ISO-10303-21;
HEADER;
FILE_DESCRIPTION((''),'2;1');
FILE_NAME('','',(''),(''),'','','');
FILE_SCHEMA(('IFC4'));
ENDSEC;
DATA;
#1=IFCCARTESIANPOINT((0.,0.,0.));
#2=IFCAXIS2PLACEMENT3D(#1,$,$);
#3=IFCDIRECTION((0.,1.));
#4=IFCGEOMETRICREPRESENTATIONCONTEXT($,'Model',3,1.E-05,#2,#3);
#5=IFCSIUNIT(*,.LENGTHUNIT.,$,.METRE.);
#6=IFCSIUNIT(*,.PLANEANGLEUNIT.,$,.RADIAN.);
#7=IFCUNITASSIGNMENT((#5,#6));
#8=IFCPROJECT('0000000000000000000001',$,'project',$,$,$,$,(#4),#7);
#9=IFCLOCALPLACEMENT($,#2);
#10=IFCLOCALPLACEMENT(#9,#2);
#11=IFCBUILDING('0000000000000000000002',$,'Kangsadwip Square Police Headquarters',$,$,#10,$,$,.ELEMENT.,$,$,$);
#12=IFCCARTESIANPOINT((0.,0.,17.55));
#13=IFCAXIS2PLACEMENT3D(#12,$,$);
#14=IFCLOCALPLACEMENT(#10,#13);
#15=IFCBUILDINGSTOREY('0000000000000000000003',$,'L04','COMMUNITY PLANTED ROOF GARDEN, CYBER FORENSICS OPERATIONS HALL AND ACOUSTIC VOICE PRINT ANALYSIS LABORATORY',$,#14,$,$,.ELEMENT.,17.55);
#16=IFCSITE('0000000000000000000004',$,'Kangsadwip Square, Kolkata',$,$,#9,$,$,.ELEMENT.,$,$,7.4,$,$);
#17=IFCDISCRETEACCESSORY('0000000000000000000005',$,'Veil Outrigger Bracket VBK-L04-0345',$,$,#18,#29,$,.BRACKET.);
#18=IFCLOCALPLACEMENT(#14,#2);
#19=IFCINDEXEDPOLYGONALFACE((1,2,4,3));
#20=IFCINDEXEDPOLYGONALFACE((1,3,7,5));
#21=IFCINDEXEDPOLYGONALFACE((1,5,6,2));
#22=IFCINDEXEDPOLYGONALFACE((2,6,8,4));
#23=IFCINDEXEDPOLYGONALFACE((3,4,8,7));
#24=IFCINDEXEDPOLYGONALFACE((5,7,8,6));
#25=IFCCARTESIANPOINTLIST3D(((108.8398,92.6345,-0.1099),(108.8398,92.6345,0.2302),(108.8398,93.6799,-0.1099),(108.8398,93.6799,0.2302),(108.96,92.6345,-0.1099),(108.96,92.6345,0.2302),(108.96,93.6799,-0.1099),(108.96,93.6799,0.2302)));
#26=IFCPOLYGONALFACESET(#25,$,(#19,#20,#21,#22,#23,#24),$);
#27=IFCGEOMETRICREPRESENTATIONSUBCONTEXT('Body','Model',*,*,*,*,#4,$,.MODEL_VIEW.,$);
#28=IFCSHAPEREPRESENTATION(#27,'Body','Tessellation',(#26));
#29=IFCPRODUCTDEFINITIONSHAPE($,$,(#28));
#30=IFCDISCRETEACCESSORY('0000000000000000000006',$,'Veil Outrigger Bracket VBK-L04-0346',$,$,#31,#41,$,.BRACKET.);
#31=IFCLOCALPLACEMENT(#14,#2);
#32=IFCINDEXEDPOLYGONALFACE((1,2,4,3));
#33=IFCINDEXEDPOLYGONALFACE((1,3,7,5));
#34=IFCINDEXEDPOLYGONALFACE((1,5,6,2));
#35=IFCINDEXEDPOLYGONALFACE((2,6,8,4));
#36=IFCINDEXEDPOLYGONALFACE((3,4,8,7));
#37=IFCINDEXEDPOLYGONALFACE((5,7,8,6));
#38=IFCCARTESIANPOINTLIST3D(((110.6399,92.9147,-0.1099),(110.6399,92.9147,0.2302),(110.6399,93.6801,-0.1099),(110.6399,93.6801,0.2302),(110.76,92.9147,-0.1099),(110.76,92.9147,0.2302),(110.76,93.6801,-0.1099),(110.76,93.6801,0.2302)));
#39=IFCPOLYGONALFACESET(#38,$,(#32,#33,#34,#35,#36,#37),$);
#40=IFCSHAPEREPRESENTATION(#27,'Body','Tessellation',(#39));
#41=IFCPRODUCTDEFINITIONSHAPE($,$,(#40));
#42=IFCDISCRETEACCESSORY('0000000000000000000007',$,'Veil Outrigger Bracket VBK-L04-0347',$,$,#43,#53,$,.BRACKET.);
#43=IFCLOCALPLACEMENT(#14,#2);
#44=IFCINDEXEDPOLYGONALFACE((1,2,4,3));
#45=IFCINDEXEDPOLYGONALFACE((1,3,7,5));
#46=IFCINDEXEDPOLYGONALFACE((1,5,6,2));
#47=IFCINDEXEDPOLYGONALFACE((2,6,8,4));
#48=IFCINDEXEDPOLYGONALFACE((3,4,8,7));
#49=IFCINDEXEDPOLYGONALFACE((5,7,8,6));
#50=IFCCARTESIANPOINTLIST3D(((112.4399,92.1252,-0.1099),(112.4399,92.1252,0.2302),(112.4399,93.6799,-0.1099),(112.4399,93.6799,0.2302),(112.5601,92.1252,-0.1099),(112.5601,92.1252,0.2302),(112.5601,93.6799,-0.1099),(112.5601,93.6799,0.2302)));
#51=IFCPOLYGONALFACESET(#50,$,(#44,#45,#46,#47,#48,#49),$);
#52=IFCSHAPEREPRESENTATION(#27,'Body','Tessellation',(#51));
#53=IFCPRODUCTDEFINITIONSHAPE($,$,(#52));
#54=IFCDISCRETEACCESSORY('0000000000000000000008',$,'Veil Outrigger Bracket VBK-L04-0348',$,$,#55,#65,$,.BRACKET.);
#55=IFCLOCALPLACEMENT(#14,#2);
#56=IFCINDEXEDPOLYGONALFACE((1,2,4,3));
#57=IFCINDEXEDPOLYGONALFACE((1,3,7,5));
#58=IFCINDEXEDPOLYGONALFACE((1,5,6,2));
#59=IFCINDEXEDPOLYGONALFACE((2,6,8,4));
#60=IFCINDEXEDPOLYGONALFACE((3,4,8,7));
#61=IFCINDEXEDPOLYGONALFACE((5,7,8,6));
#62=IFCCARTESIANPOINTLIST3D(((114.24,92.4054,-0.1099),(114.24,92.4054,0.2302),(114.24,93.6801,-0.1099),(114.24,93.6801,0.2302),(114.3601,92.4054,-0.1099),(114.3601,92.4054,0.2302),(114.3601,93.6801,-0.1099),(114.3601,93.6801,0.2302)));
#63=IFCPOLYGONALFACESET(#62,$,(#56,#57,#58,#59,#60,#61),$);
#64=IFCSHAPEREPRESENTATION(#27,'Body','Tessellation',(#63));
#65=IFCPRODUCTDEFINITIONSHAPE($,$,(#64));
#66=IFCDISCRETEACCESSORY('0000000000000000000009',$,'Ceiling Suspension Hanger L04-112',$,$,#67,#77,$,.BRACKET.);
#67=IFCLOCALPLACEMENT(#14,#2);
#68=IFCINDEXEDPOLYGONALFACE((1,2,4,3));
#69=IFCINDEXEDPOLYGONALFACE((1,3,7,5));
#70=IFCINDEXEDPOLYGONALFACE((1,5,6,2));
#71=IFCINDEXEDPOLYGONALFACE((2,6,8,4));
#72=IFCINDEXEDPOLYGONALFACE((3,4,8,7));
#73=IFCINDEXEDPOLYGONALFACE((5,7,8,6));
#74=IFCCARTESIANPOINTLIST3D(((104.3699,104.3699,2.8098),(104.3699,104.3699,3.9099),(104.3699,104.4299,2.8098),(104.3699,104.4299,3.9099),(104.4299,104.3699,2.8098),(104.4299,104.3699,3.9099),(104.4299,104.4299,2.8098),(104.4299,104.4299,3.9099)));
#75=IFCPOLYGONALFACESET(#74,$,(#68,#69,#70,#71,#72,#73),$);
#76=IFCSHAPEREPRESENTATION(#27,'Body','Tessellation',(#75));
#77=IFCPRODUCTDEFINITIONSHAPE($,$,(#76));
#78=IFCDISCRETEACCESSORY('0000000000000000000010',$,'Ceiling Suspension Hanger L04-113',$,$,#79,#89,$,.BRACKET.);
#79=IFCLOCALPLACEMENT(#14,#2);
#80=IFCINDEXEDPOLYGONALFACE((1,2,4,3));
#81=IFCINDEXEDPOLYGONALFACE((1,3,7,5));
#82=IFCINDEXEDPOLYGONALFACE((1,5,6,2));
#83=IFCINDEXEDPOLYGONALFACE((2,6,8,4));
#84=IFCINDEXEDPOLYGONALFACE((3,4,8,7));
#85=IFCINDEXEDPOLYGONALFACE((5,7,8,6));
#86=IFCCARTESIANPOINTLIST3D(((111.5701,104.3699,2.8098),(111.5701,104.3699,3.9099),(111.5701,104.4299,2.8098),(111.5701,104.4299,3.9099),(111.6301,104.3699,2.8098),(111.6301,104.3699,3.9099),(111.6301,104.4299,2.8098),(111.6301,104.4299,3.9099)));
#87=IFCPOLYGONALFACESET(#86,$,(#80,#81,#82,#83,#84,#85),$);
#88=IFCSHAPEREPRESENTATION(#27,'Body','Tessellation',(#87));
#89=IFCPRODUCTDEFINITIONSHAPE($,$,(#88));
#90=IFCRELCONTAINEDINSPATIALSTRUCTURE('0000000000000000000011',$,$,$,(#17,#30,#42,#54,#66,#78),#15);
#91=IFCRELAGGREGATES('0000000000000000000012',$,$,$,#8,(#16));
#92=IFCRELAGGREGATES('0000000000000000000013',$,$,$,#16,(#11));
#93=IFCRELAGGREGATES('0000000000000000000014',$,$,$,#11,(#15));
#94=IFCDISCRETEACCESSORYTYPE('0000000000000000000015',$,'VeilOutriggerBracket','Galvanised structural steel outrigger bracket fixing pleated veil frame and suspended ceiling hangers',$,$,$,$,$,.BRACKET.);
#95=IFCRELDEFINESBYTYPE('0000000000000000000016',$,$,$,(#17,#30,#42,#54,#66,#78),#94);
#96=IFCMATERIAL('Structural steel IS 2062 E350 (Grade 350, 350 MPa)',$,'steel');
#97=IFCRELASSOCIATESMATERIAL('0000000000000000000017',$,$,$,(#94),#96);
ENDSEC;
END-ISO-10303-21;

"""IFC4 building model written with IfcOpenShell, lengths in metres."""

from ifc_helpers import new_model, si_unit, direction, frame, origin, origin_2d, place, context, subcontext, project, spatial, rectangle, extrude, material, type_object, element, save


model = new_model("IFC4")

# Units and contexts
model_context = context("Model", 3, precision=1e-05, world=origin(), true_north=direction((0.0, 1.0)))
body_context = subcontext(model_context, "Body", "Model", "MODEL_VIEW")
ifc_project = project(units=[si_unit("LENGTHUNIT", "METRE"), si_unit("PLANEANGLEUNIT", "RADIAN")], contexts=[model_context])

# Site, building, storey
site_placement = place(None, origin())
site = spatial("IfcSite", under=ifc_project, at=site_placement, Name="Kangsadwip Square, Kolkata", CompositionType="ELEMENT", RefElevation=7.4)
building_placement = place(site_placement, origin())
building = spatial("IfcBuilding", under=site, at=building_placement, Name="Kangsadwip Square Police Headquarters", CompositionType="ELEMENT")
storey_placement = place(building_placement, frame((0.0, 0.0, 17.55)))
storey = spatial("IfcBuildingStorey", under=building, at=storey_placement, Name="L04", Description="COMMUNITY PLANTED ROOF GARDEN, CYBER FORENSICS OPERATIONS HALL AND ACOUSTIC VOICE PRINT ANALYSIS LABORATORY", CompositionType="ELEMENT", Elevation=17.55)

# Discrete accessories
ifc_material_1 = material(Name="Structural steel IS 2062 E350 (Grade 350, 350 MPa)", Category="steel")
discrete_accessory_type = type_object("IfcDiscreteAccessoryType", Name="VeilOutriggerBracket", Description="Galvanised structural steel outrigger bracket fixing pleated veil frame and suspended ceiling hangers", PredefinedType="BRACKET", material=ifc_material_1)
discrete_accessory_1_placement = place(storey_placement, frame((108.8999, 93.1572, -0.1099), z_axis=(0.0, 0.0, 1.0), x_axis=(1.0, 0.0, 0.0)))
element("IfcDiscreteAccessory", 1, at=discrete_accessory_1_placement, inside=storey, type_object=discrete_accessory_type, Name="Veil Outrigger Bracket VBK-L04-0345", PredefinedType="BRACKET", context=body_context, shape_type="SweptSolid", body=[
    extrude(rectangle(XDim=0.1201, YDim=1.0454, at=origin_2d()), origin(), (0.0, 0.0, 1.0), 0.3401),
])
discrete_accessory_2_placement = place(storey_placement, frame((110.7, 93.2974, -0.1099), z_axis=(0.0, 0.0, 1.0), x_axis=(1.0, 0.0, 0.0)))
element("IfcDiscreteAccessory", 2, at=discrete_accessory_2_placement, inside=storey, type_object=discrete_accessory_type, Name="Veil Outrigger Bracket VBK-L04-0346", PredefinedType="BRACKET", context=body_context, shape_type="SweptSolid", body=[
    extrude(rectangle(XDim=0.1201, YDim=0.7654, at=origin_2d()), origin(), (0.0, 0.0, 1.0), 0.3401),
])
discrete_accessory_3_placement = place(storey_placement, frame((112.5, 92.9026, -0.1099), z_axis=(0.0, 0.0, 1.0), x_axis=(1.0, 0.0, 0.0)))
element("IfcDiscreteAccessory", 3, at=discrete_accessory_3_placement, inside=storey, type_object=discrete_accessory_type, Name="Veil Outrigger Bracket VBK-L04-0347", PredefinedType="BRACKET", context=body_context, shape_type="SweptSolid", body=[
    extrude(rectangle(XDim=0.1201, YDim=1.5547, at=origin_2d()), origin(), (0.0, 0.0, 1.0), 0.3401),
])
discrete_accessory_4_placement = place(storey_placement, frame((114.3, 93.0427, -0.1099), z_axis=(0.0, 0.0, 1.0), x_axis=(1.0, 0.0, 0.0)))
element("IfcDiscreteAccessory", 4, at=discrete_accessory_4_placement, inside=storey, type_object=discrete_accessory_type, Name="Veil Outrigger Bracket VBK-L04-0348", PredefinedType="BRACKET", context=body_context, shape_type="SweptSolid", body=[
    extrude(rectangle(XDim=0.1201, YDim=1.2747, at=origin_2d()), origin(), (0.0, 0.0, 1.0), 0.3401),
])
for number, where, z_axis, x_axis, name in (
    (5, (104.3999, 104.3999, 2.8098), (0.0, 0.0, 1.0), (1.0, 0.0, 0.0), "Ceiling Suspension Hanger L04-112"),
    (6, (111.6001, 104.3999, 2.8098), (0.0, 0.0, 1.0), (1.0, 0.0, 0.0), "Ceiling Suspension Hanger L04-113"),
):
    element("IfcDiscreteAccessory", number, at=place(storey_placement, frame(where, z_axis=z_axis, x_axis=x_axis)), inside=storey, type_object=discrete_accessory_type, Name=name, PredefinedType="BRACKET", context=body_context, shape_type="SweptSolid", body=[
        extrude(rectangle(XDim=0.0601, YDim=0.0601, at=origin_2d()), origin(), (0.0, 0.0, 1.0), 1.1001),
    ])

save(model, "model.ifc")
